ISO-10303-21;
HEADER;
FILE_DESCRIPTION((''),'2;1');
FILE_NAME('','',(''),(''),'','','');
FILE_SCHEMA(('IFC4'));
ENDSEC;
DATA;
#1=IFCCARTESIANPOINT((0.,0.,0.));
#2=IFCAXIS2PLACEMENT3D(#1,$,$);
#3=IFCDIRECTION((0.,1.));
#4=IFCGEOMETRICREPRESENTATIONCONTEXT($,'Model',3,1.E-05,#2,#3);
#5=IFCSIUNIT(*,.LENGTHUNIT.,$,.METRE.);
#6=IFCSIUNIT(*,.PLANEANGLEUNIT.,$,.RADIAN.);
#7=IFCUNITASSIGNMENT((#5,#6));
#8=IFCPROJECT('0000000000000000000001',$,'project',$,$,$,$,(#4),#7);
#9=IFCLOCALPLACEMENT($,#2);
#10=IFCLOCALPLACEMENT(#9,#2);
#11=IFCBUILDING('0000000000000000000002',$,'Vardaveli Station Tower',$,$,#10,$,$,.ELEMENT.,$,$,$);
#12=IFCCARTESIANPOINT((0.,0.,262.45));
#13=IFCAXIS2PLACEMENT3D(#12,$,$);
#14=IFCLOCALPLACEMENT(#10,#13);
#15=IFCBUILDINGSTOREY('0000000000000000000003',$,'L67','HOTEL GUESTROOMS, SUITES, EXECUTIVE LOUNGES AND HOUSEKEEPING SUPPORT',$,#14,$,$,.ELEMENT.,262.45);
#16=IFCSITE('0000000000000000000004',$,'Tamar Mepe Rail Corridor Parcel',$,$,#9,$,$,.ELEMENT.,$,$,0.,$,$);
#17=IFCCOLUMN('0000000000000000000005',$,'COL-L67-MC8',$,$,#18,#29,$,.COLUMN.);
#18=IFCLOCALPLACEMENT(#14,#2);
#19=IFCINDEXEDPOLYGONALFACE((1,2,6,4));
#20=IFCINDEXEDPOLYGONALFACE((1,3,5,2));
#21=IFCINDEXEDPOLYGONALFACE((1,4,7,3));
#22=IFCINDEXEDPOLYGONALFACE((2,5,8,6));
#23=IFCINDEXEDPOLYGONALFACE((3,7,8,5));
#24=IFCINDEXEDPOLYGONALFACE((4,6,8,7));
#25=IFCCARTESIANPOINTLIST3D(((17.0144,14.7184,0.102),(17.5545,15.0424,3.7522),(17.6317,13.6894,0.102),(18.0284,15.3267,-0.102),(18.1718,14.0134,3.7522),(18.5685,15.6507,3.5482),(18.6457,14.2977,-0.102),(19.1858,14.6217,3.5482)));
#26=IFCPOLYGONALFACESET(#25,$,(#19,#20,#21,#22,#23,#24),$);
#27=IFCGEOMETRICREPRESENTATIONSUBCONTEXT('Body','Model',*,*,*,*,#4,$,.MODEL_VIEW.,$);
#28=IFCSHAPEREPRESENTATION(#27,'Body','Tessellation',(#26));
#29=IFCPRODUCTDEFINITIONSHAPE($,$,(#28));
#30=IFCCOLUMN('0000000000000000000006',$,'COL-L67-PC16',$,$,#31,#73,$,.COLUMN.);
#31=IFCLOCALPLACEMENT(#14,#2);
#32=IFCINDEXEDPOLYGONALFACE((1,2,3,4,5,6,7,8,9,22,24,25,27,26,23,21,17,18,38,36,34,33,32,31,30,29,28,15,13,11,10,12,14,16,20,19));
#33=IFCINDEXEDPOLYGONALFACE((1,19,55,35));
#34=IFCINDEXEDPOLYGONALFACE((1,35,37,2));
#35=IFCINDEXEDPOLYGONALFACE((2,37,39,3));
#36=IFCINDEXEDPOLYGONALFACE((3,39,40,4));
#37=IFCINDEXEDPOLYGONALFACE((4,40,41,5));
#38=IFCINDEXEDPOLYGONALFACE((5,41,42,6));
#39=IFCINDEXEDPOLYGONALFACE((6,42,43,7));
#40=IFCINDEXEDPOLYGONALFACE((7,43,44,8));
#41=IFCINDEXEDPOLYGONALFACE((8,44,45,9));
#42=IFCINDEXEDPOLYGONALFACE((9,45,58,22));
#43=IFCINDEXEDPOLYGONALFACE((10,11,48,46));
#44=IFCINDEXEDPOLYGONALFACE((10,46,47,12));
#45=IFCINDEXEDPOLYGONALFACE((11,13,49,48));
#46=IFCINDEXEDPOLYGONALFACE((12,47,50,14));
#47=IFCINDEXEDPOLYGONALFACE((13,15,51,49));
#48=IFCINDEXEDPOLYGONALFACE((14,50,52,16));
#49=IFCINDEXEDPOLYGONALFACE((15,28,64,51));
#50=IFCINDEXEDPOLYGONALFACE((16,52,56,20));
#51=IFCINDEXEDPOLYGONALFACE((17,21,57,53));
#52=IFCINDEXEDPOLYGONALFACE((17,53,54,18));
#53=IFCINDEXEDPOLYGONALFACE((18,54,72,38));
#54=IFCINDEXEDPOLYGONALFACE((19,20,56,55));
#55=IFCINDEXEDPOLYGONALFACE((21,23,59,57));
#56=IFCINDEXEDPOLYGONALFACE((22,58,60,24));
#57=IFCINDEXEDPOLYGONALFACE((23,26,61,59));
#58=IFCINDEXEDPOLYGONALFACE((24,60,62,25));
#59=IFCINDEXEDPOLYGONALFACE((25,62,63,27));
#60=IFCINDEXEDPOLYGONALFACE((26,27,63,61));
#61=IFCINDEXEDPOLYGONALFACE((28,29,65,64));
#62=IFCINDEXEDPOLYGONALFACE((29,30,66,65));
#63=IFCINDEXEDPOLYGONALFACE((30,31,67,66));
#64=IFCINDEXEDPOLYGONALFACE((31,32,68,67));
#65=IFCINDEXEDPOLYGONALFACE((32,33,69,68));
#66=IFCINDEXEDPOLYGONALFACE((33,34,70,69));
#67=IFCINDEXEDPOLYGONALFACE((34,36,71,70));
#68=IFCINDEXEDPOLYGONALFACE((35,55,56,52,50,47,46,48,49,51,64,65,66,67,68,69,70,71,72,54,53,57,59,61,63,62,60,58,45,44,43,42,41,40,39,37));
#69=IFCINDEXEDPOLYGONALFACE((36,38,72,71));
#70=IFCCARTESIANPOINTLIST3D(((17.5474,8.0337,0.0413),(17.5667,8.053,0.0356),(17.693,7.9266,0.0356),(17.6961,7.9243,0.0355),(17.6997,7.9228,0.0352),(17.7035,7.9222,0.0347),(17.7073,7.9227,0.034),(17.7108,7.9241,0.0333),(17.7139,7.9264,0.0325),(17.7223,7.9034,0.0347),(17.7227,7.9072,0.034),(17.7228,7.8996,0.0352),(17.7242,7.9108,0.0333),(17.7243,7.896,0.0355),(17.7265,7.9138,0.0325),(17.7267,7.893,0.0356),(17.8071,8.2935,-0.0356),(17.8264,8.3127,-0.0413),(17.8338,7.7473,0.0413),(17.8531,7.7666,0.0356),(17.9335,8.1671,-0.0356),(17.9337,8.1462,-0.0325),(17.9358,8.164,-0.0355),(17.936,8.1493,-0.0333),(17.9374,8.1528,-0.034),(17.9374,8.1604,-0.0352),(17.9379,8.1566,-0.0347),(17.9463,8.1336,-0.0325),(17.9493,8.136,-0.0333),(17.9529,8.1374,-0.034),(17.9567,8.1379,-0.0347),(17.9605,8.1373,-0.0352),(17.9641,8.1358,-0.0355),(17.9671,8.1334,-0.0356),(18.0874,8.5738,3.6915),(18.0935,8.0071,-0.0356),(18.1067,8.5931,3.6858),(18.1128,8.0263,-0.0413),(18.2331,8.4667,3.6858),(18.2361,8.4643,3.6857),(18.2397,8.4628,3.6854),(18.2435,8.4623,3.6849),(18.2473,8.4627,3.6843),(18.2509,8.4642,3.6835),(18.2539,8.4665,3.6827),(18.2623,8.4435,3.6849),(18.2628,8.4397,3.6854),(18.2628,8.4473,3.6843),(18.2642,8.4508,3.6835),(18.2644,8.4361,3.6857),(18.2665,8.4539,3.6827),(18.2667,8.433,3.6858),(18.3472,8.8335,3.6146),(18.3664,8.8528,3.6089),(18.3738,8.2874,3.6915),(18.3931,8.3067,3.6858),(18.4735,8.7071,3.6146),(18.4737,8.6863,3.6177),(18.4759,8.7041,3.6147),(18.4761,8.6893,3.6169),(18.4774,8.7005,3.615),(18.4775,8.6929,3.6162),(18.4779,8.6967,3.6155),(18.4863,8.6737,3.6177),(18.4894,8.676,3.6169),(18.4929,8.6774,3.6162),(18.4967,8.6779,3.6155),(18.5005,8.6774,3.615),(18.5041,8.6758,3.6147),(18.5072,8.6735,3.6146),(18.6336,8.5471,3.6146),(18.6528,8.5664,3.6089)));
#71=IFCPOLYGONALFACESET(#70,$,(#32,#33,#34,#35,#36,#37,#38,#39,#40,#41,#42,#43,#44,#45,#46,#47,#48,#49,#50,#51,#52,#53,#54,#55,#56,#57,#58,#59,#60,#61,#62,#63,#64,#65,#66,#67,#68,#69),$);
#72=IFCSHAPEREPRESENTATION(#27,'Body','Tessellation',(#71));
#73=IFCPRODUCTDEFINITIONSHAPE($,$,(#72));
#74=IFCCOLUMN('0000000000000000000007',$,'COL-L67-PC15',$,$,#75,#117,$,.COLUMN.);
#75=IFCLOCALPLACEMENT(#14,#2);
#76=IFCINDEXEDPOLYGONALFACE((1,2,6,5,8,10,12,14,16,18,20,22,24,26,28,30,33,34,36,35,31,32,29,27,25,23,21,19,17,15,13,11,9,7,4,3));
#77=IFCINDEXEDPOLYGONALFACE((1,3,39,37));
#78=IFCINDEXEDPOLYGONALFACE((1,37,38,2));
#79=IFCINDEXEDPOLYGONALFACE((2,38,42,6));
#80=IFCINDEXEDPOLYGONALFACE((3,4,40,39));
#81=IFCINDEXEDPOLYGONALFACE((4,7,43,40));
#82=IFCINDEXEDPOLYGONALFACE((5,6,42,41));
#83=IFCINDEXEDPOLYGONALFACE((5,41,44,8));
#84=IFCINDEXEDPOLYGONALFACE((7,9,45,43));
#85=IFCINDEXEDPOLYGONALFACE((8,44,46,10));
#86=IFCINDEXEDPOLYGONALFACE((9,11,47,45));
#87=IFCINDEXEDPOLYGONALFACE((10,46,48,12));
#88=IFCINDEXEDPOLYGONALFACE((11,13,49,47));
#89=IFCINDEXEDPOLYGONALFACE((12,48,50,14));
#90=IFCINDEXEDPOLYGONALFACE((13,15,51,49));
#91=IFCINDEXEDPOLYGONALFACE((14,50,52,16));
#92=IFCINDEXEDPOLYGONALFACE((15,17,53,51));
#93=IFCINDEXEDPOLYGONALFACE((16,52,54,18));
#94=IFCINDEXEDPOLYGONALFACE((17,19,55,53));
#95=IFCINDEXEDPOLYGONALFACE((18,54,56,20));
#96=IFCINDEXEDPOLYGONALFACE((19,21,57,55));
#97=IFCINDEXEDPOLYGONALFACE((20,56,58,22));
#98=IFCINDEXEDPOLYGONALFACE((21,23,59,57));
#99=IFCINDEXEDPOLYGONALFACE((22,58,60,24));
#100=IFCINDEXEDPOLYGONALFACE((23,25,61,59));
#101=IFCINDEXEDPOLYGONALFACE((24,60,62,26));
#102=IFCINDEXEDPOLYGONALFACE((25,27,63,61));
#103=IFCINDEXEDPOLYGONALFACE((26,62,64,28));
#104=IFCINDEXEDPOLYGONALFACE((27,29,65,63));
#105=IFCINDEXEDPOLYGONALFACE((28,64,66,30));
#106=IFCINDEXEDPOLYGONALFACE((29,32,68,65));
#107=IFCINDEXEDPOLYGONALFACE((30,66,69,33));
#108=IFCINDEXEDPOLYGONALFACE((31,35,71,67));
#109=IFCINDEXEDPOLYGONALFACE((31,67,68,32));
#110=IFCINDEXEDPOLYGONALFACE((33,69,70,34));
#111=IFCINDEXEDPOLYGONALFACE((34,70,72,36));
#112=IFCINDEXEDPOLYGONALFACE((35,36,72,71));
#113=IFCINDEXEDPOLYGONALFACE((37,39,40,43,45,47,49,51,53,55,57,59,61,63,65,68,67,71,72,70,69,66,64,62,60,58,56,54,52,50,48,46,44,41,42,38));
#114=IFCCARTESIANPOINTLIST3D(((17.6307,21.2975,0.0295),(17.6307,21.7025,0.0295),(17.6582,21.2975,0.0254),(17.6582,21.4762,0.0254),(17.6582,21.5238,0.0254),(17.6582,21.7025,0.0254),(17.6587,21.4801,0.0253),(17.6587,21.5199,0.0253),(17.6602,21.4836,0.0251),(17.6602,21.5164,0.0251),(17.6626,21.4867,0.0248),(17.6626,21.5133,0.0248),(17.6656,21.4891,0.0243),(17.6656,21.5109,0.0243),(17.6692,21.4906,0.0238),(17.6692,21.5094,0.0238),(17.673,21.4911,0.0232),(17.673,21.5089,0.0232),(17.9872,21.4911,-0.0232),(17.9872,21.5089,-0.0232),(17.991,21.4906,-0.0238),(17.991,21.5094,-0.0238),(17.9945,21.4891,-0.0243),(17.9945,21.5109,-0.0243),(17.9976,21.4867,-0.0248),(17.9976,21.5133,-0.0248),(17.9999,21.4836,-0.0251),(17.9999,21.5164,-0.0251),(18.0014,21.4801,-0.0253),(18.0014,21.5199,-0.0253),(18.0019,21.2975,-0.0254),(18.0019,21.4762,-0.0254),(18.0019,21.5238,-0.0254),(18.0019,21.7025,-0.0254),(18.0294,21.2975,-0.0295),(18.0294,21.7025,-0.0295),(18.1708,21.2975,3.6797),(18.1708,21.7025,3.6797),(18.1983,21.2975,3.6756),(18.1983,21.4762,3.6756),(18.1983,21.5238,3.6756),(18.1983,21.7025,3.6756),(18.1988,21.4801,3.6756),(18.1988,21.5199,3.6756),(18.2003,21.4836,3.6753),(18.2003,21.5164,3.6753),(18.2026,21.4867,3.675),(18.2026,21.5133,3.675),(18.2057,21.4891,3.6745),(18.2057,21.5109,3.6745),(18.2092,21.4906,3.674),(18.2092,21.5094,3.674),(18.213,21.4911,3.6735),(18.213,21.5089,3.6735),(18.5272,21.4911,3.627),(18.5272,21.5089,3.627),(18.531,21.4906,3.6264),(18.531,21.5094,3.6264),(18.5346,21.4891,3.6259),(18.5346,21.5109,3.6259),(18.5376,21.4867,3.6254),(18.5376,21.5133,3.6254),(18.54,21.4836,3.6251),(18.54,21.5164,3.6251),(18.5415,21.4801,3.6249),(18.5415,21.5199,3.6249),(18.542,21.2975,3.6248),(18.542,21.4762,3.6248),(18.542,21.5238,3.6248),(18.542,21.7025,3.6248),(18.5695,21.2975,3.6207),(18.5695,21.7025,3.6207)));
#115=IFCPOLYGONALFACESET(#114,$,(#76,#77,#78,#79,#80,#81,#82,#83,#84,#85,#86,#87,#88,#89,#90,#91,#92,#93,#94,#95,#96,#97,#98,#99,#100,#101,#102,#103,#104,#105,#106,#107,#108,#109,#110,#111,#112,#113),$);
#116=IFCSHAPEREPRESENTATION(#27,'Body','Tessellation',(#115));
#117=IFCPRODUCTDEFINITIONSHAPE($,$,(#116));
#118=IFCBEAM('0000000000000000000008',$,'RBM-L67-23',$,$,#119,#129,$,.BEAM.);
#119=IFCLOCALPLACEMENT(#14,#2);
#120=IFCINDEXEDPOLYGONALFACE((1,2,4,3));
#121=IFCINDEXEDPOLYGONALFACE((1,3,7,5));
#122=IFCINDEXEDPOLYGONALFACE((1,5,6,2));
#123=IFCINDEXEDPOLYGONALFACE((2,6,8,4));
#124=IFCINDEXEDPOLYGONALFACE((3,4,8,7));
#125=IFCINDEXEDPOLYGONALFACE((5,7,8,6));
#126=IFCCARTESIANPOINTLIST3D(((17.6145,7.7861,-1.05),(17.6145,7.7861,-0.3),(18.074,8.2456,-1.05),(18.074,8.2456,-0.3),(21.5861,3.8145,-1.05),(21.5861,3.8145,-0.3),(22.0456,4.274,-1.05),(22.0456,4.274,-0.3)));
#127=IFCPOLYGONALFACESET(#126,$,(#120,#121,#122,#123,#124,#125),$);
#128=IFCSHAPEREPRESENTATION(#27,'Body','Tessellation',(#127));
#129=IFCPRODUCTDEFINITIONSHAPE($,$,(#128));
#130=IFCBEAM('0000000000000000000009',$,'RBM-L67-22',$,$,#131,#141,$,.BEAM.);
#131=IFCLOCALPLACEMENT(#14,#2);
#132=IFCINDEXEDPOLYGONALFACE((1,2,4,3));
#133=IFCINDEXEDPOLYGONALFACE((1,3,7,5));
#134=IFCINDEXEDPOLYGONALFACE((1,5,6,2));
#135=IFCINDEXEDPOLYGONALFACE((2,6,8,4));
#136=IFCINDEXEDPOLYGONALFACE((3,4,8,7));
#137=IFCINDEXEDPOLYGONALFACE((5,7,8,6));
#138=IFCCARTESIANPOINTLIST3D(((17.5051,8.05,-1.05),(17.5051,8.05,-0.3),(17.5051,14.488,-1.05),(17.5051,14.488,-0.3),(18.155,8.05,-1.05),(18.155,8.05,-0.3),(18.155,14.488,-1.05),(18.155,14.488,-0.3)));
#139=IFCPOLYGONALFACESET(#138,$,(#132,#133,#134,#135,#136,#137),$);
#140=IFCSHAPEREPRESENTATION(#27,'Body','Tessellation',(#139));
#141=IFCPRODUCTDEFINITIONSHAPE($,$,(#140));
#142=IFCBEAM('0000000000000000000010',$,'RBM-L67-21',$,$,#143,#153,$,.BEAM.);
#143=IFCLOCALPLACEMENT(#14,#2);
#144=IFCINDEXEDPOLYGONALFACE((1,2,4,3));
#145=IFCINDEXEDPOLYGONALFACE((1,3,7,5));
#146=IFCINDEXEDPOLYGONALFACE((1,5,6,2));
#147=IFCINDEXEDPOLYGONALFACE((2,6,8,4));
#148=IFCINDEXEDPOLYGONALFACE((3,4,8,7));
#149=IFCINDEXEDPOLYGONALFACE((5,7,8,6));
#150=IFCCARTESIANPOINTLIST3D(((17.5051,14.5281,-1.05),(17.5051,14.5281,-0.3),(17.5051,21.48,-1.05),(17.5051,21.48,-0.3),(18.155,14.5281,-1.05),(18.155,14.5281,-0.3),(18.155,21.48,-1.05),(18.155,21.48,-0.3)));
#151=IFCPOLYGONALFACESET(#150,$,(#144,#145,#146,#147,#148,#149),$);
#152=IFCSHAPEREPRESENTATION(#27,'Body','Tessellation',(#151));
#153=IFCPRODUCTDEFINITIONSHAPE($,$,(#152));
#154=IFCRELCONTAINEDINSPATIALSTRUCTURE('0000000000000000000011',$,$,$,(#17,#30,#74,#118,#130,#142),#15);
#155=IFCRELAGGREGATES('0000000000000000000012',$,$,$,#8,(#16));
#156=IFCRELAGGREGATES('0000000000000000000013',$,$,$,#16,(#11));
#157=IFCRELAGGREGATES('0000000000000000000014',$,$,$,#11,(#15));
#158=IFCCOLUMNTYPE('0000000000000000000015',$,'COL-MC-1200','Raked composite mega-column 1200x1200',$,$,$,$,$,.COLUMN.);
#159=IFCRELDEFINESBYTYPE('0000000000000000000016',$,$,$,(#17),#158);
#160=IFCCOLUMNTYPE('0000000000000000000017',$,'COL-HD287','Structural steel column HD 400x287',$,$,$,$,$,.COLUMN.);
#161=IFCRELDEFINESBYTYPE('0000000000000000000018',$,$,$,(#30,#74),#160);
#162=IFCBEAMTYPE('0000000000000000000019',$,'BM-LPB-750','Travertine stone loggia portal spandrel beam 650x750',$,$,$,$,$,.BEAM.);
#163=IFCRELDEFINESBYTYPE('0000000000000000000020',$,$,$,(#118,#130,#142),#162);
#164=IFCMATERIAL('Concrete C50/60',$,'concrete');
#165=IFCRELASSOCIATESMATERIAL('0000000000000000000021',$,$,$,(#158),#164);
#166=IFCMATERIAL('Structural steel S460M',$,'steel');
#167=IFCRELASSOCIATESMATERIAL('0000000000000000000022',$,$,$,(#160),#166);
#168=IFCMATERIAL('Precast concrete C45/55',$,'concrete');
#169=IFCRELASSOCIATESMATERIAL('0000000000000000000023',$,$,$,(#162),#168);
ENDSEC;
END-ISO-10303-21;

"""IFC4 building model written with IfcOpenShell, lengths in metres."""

from ifc_helpers import new_model, si_unit, direction, frame, origin, origin_2d, place, context, subcontext, project, spatial, rectangle, i_section, extrude, source, transform, mapped, material, material_profile, profile_set, type_object, element, save


model = new_model("IFC4")

# Units and contexts
model_context = context("Model", 3, precision=1e-05, world=origin(), true_north=direction((0.0, 1.0)))
body_context = subcontext(model_context, "Body", "Model", "MODEL_VIEW")
ifc_project = project(units=[si_unit("LENGTHUNIT", "METRE"), si_unit("PLANEANGLEUNIT", "RADIAN")], contexts=[model_context])

# Site, building, storey
site_placement = place(None, origin())
site = spatial("IfcSite", under=ifc_project, at=site_placement, Name="Tamar Mepe Rail Corridor Parcel", CompositionType="ELEMENT", RefElevation=0.0)
building_placement = place(site_placement, origin())
building = spatial("IfcBuilding", under=site, at=building_placement, Name="Vardaveli Station Tower", CompositionType="ELEMENT")
storey_placement = place(building_placement, frame((0.0, 0.0, 262.45)))
storey = spatial("IfcBuildingStorey", under=building, at=storey_placement, Name="L67", Description="HOTEL GUESTROOMS, SUITES, EXECUTIVE LOUNGES AND HOUSEKEEPING SUPPORT", CompositionType="ELEMENT", Elevation=262.45)

# Columns
ifc_material_1 = material(Name="Concrete C50/60", Category="concrete")
ifc_material_profile_1 = material_profile(ifc_material_1, rectangle(XDim=1.2, YDim=1.2, at=origin_2d()), Name="MC 1200x1200")
ifc_profile_set_1 = profile_set([ifc_material_profile_1], Name="Concrete C50/60")
column_type_1 = type_object("IfcColumnType", Name="COL-MC-1200", Description="Raked composite mega-column 1200x1200", PredefinedType="COLUMN", material=ifc_profile_set_1)
shared_shape_1 = source(origin(), body_context, "Body", "SweptSolid", [
    extrude(rectangle(XDim=1.2, YDim=1.2, at=origin_2d()), origin(), (0.0, 0.0, 1.0), 3.7041),
])
column_1_placement = place(storey_placement, frame((17.8301, 14.5081, 0.0), z_axis=(0.145796, 0.087464, 0.985441), x_axis=(-0.514439, 0.857527, 0.0)))
element("IfcColumn", 1, at=column_1_placement, inside=storey, type_object=column_type_1, Name="COL-L67-MC8", PredefinedType="COLUMN", context=body_context, shape_type="MappedRepresentation", body=[
    mapped(shared_shape_1, transform((0.0, 0.0, 0.0), scale=1.0)),
])
ifc_material_2 = material(Name="Structural steel S460M", Category="steel")
ifc_material_profile_2 = material_profile(ifc_material_2, i_section(OverallWidth=0.405, OverallDepth=0.4031, WebThickness=0.0178, FlangeThickness=0.0278, FilletRadius=0.0149, at=origin_2d()), Name="HD 400x287")
ifc_profile_set_2 = profile_set([ifc_material_profile_2], Name="Structural steel S460M")
column_type_2 = type_object("IfcColumnType", Name="COL-HD287", Description="Structural steel column HD 400x287", PredefinedType="COLUMN", material=ifc_profile_set_2)
shared_shape_2 = source(origin(), body_context, "Body", "SweptSolid", [
    extrude(i_section(OverallWidth=0.405, OverallDepth=0.4031, WebThickness=0.0178, FlangeThickness=0.0278, FilletRadius=0.0149, at=origin_2d()), origin(), (0.0, 0.0, 1.0), 3.7292),
])
column_2_placement = place(storey_placement, frame((17.8301, 8.03, 0.0), z_axis=(0.144814, 0.144814, 0.978804), x_axis=(-0.707107, 0.707107, 0.0)))
element("IfcColumn", 2, at=column_2_placement, inside=storey, type_object=column_type_2, Name="COL-L67-PC16", PredefinedType="COLUMN", context=body_context, shape_type="MappedRepresentation", body=[
    mapped(shared_shape_2, transform((0.0, 0.0, 0.0), scale=1.0)),
])
shared_shape_3 = source(origin(), body_context, "Body", "SweptSolid", [
    extrude(i_section(OverallWidth=0.405, OverallDepth=0.4031, WebThickness=0.0178, FlangeThickness=0.0278, FilletRadius=0.0149, at=origin_2d()), origin(), (0.0, 0.0, 1.0), 3.6899),
])
column_3_placement = place(storey_placement, frame((17.8301, 21.5, 0.0), z_axis=(0.146357, 0.0, 0.989232), x_axis=(0.0, 1.0, 0.0)))
element("IfcColumn", 3, at=column_3_placement, inside=storey, type_object=column_type_2, Name="COL-L67-PC15", PredefinedType="COLUMN", context=body_context, shape_type="MappedRepresentation", body=[
    mapped(shared_shape_3, transform((0.0, 0.0, 0.0), scale=1.0)),
])

# Beams
ifc_material_3 = material(Name="Precast concrete C45/55", Category="concrete")
ifc_material_profile_3 = material_profile(ifc_material_3, rectangle(XDim=0.6499, YDim=0.75, at=origin_2d()), Name="LPB 650x750")
ifc_profile_set_3 = profile_set([ifc_material_profile_3], Name="Precast concrete C45/55")
beam_type_1 = type_object("IfcBeamType", Name="BM-LPB-750", Description="Travertine stone loggia portal spandrel beam 650x750", PredefinedType="BEAM", material=ifc_profile_set_3)
shared_shape_4 = source(origin(), body_context, "Body", "SweptSolid", [
    extrude(rectangle(XDim=0.6499, YDim=0.75, at=origin_2d()), origin(), (0.0, 0.0, 1.0), 5.6167),
])
beam_1_placement = place(storey_placement, frame((17.8442, 8.0159, -0.675), z_axis=(0.707107, -0.707107, 0.0), x_axis=(0.707107, 0.707107, 0.0)))
element("IfcBeam", 4, at=beam_1_placement, inside=storey, type_object=beam_type_1, Name="RBM-L67-23", PredefinedType="BEAM", context=body_context, shape_type="MappedRepresentation", body=[
    mapped(shared_shape_4, transform((0.0, 0.0, 0.0), scale=1.0)),
])
shared_shape_5 = source(origin(), body_context, "Body", "SweptSolid", [
    extrude(rectangle(XDim=0.6499, YDim=0.75, at=origin_2d()), origin(), (0.0, 0.0, 1.0), 6.438),
])
beam_2_placement = place(storey_placement, frame((17.8301, 14.488, -0.675), z_axis=(0.0, -1.0, 0.0), x_axis=(1.0, 0.0, 0.0)))
element("IfcBeam", 5, at=beam_2_placement, inside=storey, type_object=beam_type_1, Name="RBM-L67-22", PredefinedType="BEAM", context=body_context, shape_type="MappedRepresentation", body=[
    mapped(shared_shape_5, transform((0.0, 0.0, 0.0), scale=1.0)),
])
shared_shape_6 = source(origin(), body_context, "Body", "SweptSolid", [
    extrude(rectangle(XDim=0.6499, YDim=0.75, at=origin_2d()), origin(), (0.0, 0.0, 1.0), 6.9519),
])
beam_3_placement = place(storey_placement, frame((17.8301, 21.48, -0.675), z_axis=(0.0, -1.0, 0.0), x_axis=(1.0, 0.0, 0.0)))
element("IfcBeam", 6, at=beam_3_placement, inside=storey, type_object=beam_type_1, Name="RBM-L67-21", PredefinedType="BEAM", context=body_context, shape_type="MappedRepresentation", body=[
    mapped(shared_shape_6, transform((0.0, 0.0, 0.0), scale=1.0)),
])

save(model, "model.ifc")
